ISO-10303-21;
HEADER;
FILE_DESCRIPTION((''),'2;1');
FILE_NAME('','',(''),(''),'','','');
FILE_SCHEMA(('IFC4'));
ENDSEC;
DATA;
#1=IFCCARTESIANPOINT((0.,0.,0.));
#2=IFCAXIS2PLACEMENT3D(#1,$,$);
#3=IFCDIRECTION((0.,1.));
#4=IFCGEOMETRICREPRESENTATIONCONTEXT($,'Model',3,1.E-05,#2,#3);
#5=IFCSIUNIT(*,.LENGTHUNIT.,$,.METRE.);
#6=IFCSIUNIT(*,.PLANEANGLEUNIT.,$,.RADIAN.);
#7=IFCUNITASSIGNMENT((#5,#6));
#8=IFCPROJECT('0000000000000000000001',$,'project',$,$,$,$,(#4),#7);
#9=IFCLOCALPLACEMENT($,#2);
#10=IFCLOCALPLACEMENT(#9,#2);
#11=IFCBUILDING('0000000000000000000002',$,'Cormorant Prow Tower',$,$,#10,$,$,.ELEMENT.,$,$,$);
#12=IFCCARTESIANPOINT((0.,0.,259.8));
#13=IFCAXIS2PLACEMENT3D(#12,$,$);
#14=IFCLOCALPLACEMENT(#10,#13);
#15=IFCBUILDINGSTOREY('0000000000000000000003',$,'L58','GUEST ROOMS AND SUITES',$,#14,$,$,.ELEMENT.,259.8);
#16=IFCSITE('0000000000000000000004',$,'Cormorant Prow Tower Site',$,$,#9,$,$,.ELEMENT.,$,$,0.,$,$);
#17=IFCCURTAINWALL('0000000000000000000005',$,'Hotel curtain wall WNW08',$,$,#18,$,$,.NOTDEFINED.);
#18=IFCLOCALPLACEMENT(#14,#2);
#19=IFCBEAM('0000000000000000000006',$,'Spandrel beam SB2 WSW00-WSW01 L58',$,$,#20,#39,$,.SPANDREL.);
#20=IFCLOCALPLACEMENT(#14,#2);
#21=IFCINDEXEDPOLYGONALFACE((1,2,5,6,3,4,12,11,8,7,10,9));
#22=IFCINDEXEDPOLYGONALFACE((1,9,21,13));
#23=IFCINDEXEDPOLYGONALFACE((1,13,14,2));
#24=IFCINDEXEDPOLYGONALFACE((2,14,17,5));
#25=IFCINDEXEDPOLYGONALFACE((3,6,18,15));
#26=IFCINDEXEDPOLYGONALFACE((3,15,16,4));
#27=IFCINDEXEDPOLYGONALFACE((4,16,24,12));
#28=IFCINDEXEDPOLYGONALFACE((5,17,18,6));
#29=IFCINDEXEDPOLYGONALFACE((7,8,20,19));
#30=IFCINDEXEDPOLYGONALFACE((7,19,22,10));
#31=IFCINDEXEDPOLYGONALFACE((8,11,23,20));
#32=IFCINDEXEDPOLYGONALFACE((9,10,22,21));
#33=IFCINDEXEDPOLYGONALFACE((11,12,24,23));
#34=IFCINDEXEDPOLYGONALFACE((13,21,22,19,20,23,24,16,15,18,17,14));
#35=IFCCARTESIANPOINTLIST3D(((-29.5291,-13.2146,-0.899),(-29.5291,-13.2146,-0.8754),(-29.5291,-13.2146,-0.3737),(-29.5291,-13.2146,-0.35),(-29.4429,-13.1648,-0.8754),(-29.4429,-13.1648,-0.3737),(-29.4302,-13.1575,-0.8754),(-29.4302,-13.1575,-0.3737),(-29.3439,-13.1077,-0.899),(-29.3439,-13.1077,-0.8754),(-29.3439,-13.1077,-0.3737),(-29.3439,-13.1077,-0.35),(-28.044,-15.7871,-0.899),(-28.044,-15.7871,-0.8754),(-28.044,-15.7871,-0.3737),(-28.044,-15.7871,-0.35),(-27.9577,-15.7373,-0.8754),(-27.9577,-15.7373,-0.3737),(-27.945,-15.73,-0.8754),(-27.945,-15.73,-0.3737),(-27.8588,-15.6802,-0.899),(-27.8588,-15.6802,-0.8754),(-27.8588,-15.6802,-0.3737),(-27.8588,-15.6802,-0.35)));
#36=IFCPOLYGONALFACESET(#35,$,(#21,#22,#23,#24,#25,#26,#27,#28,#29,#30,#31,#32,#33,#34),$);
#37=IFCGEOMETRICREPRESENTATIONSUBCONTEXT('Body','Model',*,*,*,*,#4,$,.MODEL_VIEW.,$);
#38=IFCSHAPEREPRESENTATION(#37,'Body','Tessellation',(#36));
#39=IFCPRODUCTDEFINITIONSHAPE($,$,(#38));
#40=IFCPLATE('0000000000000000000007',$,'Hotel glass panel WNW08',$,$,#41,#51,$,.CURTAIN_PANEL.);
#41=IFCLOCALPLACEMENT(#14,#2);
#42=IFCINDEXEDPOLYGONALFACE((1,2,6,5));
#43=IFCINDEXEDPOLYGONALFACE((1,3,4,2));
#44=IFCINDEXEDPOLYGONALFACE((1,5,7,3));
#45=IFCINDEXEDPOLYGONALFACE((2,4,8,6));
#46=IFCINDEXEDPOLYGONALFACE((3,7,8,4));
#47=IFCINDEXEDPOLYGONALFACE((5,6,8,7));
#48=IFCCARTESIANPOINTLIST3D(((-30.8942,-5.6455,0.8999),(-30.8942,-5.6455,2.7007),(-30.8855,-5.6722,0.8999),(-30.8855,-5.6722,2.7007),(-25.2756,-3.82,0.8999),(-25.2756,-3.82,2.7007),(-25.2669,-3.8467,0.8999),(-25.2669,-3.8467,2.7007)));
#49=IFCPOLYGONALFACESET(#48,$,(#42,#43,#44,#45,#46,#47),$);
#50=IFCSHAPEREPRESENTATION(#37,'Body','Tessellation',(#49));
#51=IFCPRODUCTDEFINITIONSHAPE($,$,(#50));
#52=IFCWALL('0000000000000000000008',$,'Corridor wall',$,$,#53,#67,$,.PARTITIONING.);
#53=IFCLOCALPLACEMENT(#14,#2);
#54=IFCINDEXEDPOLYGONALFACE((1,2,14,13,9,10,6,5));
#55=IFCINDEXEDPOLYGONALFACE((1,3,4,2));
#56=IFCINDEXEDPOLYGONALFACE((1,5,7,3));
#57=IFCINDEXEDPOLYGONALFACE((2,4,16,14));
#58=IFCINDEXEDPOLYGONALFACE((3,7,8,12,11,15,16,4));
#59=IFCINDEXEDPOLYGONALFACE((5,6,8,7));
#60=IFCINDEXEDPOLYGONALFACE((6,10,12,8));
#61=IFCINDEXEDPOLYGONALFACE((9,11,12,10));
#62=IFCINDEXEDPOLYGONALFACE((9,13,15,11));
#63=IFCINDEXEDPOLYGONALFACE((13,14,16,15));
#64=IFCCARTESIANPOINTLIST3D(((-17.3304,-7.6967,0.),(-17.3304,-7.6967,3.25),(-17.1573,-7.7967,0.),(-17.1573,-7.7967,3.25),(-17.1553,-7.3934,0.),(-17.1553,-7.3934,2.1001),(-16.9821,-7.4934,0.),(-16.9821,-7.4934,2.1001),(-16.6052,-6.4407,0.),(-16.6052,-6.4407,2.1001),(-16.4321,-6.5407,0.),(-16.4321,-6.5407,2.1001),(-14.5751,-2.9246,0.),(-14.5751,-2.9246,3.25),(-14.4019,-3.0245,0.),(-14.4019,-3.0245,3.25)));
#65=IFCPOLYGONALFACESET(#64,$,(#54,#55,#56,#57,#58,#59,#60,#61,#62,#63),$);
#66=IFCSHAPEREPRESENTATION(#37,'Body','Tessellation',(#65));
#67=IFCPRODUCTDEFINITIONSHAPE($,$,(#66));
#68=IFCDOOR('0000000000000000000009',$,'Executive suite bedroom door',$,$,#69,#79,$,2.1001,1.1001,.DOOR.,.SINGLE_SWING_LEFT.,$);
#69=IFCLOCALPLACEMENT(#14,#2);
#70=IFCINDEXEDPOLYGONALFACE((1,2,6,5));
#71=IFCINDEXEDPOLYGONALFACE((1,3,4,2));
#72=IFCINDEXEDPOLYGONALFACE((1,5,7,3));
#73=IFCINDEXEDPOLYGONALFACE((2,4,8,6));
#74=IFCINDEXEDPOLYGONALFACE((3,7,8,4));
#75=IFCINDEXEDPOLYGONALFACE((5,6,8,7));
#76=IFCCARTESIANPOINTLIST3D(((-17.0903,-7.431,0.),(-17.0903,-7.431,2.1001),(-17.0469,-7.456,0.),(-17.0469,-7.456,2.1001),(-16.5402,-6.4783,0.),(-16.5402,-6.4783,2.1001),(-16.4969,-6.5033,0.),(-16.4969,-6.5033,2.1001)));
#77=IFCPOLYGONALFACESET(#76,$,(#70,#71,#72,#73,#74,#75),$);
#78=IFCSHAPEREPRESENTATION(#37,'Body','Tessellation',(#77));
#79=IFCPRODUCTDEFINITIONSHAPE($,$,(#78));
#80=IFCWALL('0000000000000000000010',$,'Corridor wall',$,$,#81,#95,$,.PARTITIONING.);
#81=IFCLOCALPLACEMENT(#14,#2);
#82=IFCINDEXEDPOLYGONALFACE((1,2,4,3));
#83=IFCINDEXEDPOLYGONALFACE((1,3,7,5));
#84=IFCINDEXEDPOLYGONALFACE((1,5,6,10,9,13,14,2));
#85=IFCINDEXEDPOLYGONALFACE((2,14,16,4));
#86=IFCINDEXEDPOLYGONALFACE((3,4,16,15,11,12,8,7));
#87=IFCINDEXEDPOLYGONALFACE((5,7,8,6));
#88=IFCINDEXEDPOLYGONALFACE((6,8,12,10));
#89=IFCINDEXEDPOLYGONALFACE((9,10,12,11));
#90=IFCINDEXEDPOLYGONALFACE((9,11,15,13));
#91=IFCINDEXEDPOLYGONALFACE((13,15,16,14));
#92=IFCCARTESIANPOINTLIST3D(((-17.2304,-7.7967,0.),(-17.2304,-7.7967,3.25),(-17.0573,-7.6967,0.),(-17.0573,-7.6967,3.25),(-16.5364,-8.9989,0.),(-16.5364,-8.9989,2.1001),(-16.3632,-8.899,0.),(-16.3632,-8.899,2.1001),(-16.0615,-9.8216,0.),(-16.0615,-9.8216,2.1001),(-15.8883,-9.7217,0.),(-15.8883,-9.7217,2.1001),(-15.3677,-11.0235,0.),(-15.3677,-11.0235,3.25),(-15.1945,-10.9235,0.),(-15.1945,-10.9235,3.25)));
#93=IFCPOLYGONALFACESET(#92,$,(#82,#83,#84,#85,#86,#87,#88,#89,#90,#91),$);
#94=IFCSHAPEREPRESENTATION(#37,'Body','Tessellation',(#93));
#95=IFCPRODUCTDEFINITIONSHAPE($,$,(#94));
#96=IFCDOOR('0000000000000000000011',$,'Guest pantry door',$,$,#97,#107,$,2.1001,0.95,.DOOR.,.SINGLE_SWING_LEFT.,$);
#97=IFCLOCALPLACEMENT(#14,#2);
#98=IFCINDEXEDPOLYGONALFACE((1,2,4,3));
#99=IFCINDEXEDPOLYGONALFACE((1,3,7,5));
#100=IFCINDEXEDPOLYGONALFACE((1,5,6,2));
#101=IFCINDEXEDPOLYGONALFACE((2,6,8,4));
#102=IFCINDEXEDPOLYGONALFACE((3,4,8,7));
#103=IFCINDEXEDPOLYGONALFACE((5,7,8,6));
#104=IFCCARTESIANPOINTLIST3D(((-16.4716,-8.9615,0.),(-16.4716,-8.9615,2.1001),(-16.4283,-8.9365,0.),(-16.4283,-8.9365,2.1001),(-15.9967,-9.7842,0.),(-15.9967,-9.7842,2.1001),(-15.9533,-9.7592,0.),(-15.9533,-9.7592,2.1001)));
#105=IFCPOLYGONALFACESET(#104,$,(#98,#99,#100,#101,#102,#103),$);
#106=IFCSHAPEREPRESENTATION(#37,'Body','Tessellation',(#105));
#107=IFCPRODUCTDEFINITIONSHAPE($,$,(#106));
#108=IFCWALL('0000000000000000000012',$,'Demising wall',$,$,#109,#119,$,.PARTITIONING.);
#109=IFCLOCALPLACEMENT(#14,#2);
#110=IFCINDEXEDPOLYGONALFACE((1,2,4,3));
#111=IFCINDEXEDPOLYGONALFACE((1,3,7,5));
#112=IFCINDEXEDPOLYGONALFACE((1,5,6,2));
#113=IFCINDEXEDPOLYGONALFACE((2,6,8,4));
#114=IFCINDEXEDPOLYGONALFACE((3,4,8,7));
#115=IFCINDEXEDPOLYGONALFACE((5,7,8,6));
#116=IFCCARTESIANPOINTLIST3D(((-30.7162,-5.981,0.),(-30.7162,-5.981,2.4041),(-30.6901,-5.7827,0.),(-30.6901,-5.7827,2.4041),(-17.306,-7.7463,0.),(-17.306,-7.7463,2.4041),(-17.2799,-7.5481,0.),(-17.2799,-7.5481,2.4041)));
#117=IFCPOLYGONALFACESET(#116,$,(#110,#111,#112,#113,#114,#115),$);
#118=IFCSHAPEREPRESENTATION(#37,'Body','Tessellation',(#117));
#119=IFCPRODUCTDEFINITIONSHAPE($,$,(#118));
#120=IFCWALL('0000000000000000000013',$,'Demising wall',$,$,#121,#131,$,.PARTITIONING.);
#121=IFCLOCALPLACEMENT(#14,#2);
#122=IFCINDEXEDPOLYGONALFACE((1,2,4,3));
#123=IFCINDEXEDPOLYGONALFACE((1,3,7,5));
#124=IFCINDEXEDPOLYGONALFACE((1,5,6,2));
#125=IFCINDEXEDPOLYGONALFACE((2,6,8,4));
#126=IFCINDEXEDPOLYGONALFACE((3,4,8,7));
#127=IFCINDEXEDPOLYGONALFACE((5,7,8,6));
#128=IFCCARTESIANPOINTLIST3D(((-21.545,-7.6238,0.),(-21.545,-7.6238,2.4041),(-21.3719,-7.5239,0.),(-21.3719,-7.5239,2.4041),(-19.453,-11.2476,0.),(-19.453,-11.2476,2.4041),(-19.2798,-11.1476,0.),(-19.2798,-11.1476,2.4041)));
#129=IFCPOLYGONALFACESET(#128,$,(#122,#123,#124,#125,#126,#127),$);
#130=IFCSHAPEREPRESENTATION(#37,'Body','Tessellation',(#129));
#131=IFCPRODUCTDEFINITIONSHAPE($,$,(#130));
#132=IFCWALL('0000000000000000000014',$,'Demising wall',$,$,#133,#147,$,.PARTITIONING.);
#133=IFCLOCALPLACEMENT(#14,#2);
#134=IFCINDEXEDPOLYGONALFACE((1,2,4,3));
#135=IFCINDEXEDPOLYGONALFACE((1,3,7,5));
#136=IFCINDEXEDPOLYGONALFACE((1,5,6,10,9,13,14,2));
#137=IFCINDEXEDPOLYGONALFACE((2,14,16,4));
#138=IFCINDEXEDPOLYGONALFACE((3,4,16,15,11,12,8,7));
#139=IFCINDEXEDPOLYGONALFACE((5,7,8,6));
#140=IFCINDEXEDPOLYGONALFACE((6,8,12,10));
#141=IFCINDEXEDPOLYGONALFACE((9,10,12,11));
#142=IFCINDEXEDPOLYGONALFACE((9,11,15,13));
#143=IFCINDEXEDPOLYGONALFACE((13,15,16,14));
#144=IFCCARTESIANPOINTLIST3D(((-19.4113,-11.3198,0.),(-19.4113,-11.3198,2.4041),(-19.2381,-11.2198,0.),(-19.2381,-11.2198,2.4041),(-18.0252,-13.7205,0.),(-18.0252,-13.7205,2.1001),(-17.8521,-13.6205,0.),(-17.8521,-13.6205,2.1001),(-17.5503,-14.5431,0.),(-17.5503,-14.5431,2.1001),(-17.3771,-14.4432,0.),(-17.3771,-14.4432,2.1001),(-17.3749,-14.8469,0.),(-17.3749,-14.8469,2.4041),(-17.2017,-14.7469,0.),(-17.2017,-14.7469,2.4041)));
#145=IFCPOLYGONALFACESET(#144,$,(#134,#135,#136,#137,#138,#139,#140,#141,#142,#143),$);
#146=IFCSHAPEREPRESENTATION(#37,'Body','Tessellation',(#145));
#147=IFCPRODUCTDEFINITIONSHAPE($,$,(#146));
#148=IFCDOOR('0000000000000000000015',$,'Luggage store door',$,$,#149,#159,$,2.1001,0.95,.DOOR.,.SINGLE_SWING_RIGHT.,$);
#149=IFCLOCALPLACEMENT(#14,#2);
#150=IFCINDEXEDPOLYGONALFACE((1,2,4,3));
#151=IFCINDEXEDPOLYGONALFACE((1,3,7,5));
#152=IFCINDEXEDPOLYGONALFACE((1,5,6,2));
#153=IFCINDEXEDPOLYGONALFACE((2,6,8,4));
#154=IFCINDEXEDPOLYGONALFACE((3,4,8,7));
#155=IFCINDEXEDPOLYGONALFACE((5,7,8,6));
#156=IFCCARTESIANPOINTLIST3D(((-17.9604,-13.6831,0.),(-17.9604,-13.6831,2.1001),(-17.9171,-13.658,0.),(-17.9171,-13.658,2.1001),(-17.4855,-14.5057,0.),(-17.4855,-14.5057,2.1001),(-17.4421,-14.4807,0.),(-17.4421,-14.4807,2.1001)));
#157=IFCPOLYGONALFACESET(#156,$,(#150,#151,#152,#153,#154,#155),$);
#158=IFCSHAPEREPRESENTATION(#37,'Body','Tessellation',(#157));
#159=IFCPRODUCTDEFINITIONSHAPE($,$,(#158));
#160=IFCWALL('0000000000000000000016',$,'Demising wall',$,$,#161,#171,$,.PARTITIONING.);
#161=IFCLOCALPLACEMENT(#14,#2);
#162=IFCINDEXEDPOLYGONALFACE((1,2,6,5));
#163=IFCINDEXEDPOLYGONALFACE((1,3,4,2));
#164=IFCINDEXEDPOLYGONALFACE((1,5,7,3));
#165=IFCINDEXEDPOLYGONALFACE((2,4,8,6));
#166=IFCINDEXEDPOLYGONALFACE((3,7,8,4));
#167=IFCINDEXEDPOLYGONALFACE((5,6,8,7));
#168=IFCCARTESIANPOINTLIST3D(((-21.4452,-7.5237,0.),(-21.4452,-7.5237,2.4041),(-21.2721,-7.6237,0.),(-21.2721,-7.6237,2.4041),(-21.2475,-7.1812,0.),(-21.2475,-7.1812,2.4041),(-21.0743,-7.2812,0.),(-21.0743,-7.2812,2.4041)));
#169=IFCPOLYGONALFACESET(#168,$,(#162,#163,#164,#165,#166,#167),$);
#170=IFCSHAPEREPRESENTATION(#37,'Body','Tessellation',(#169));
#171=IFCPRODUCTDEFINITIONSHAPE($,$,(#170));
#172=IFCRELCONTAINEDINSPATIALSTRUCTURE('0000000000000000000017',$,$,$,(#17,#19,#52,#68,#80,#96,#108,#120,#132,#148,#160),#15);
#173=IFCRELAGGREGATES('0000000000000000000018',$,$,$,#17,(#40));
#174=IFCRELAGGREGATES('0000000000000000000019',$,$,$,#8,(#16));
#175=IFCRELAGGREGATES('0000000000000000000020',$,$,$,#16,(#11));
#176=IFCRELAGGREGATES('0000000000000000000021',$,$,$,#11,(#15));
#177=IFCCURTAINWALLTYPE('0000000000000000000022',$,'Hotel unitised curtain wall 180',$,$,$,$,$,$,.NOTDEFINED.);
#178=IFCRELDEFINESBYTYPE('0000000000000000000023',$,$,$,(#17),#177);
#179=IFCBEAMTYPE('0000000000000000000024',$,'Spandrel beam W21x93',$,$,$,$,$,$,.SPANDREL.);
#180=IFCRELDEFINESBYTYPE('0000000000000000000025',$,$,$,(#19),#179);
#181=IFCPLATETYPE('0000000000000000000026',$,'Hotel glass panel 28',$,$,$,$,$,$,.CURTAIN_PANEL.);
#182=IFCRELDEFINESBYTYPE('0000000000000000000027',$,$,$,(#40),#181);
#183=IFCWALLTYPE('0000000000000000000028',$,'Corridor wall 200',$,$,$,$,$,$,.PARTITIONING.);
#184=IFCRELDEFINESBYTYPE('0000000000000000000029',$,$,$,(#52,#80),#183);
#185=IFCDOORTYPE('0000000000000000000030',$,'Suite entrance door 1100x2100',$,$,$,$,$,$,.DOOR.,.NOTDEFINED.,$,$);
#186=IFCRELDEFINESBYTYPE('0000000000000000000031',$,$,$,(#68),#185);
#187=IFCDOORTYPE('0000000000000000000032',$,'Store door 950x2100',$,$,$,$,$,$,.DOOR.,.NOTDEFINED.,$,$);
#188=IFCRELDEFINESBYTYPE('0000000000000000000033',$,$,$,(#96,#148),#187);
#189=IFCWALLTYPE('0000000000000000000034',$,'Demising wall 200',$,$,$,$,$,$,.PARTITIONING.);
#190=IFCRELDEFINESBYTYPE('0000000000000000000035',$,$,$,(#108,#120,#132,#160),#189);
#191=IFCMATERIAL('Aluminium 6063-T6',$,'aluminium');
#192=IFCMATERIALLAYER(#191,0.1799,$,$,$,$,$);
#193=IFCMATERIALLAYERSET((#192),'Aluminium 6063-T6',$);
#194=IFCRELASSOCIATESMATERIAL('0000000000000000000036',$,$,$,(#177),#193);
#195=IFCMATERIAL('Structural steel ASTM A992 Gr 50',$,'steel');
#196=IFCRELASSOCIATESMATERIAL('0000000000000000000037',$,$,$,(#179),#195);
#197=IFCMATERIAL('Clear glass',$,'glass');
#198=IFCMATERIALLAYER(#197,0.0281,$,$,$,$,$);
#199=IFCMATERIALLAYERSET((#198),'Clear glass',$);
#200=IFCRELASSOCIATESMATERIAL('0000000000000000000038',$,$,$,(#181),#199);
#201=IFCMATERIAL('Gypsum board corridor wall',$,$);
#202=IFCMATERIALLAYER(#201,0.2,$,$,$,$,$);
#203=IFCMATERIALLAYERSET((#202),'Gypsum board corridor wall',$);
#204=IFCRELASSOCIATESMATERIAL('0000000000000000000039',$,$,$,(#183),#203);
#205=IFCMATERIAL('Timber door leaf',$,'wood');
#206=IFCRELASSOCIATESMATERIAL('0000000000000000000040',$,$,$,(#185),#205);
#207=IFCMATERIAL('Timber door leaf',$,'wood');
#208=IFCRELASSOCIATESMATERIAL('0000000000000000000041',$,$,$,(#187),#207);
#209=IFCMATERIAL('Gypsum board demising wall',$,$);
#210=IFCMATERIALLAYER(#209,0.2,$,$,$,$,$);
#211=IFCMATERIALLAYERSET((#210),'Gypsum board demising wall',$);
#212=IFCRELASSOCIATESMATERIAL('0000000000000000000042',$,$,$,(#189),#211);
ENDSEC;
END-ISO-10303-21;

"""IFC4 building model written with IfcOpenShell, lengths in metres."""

from ifc_helpers import new_model, si_unit, direction, frame, frame_2d, origin, origin_2d, place, context, subcontext, project, spatial, rectangle, i_section, extrude, material, layer, layer_set, material_profile, profile_set, type_object, element, fill, aggregate, save


model = new_model("IFC4")

# Units and contexts
model_context = context("Model", 3, precision=1e-05, world=origin(), true_north=direction((0.0, 1.0)))
body_context = subcontext(model_context, "Body", "Model", "MODEL_VIEW")
ifc_project = project(units=[si_unit("LENGTHUNIT", "METRE"), si_unit("PLANEANGLEUNIT", "RADIAN")], contexts=[model_context])

# Site, building, storey
site_placement = place(None, origin())
site = spatial("IfcSite", under=ifc_project, at=site_placement, Name="Cormorant Prow Tower Site", CompositionType="ELEMENT", RefElevation=0.0)
building_placement = place(site_placement, origin())
building = spatial("IfcBuilding", under=site, at=building_placement, Name="Cormorant Prow Tower", CompositionType="ELEMENT")
storey_placement = place(building_placement, frame((0.0, 0.0, 259.8)))
storey = spatial("IfcBuildingStorey", under=building, at=storey_placement, Name="L58", Description="GUEST ROOMS AND SUITES", CompositionType="ELEMENT", Elevation=259.8)

# Curtain wall
ifc_material_1 = material(Name="Aluminium 6063-T6", Category="aluminium")
ifc_layer_1 = layer(ifc_material_1, 0.1799)
ifc_layer_set_1 = layer_set([ifc_layer_1], Name="Aluminium 6063-T6")
curtain_wall_type = type_object("IfcCurtainWallType", Name="Hotel unitised curtain wall 180", PredefinedType="NOTDEFINED", material=ifc_layer_set_1)
curtain_wall_placement = place(storey_placement, origin())
curtain_wall = element("IfcCurtainWall", 1, at=curtain_wall_placement, inside=storey, type_object=curtain_wall_type, Name="Hotel curtain wall WNW08", PredefinedType="NOTDEFINED")

# Beam
ifc_material_2 = material(Name="Structural steel ASTM A992 Gr 50", Category="steel")
ifc_material_profile_1 = material_profile(ifc_material_2, i_section(OverallWidth=0.2139, OverallDepth=0.5491, WebThickness=0.0146, FlangeThickness=0.0237, at=origin_2d()), Name="W21x93")
ifc_profile_set_1 = profile_set([ifc_material_profile_1], Name="Structural steel ASTM A992 Gr 50")
beam_type_1 = type_object("IfcBeamType", Name="Spandrel beam W21x93", PredefinedType="SPANDREL", material=ifc_profile_set_1)
beam_1_placement = place(storey_placement, frame((-29.4365, -13.1611, -0.6245), z_axis=(0.499967, -0.866045, 0.0), x_axis=(0.866045, 0.499967, 0.0)))
element("IfcBeam", 2, at=beam_1_placement, inside=storey, type_object=beam_type_1, Name="Spandrel beam SB2 WSW00-WSW01 L58", PredefinedType="SPANDREL", context=body_context, shape_type="SweptSolid", body=[
    extrude(i_section(OverallWidth=0.2139, OverallDepth=0.5491, WebThickness=0.0146, FlangeThickness=0.0237, at=origin_2d()), origin(), (0.0, 0.0, 1.0), 2.9705),
])

# Plate
ifc_material_3 = material(Name="Clear glass", Category="glass")
ifc_layer_2 = layer(ifc_material_3, 0.0281)
ifc_layer_set_2 = layer_set([ifc_layer_2], Name="Clear glass")
plate_type = type_object("IfcPlateType", Name="Hotel glass panel 28", PredefinedType="CURTAIN_PANEL", material=ifc_layer_set_2)
plate_placement = place(storey_placement, frame((-28.0806, -4.7461, 0.8999), z_axis=(0.0, 0.0, 1.0), x_axis=(-0.951057, -0.309017, 0.0)))
plate = element("IfcPlate", 3, at=plate_placement, type_object=plate_type, Name="Hotel glass panel WNW08", PredefinedType="CURTAIN_PANEL", context=body_context, shape_type="SweptSolid", body=[
    extrude(rectangle(XDim=5.9077, YDim=0.0281, at=origin_2d()), origin(), (0.0, 0.0, 1.0), 1.8008),
])
aggregate(curtain_wall, [plate])

# Walls, openings, doors
ifc_material_4 = material(Name="Gypsum board corridor wall")
ifc_layer_3 = layer(ifc_material_4, 0.2)
ifc_layer_set_3 = layer_set([ifc_layer_3], Name="Gypsum board corridor wall")
wall_type_1 = type_object("IfcWallType", Name="Corridor wall 200", PredefinedType="PARTITIONING", material=ifc_layer_set_3)
wall_1_placement = place(storey_placement, frame((-17.2439, -7.7468, 0.0), z_axis=(0.0, 0.0, 1.0), x_axis=(0.500018, 0.866015, 0.0)))
wall_1 = element("IfcWall", 4, at=wall_1_placement, inside=storey, type_object=wall_type_1, Name="Corridor wall", PredefinedType="PARTITIONING", context=body_context, shape_type="SweptSolid", body=[
    extrude(rectangle(XDim=5.5105, YDim=0.2, at=frame_2d((2.7554, 0.0))), origin(), (0.0, 0.0, 1.0), 3.25),
])
opening_1_placement = place(wall_1_placement, frame((0.3503, 0.0, 0.0)))
opening_1 = element("IfcOpeningElement", 5, at=opening_1_placement, cuts=wall_1, PredefinedType="OPENING", context=body_context, shape_type="SweptSolid", body=[
    extrude(rectangle(XDim=1.1001, YDim=2.1001, at=frame_2d((0.55, 1.05))), frame((0.0, 0.1099, 0.0), z_axis=(0.0, -1.0, 0.0), x_axis=(1.0, 0.0, 0.0)), (0.0, 0.0, 1.0), 0.22),
])
ifc_material_5 = material(Name="Timber door leaf", Category="wood")
door_type_1 = type_object("IfcDoorType", Name="Suite entrance door 1100x2100", OperationType="NOTDEFINED", PredefinedType="DOOR", material=ifc_material_5)
door_1_placement = place(opening_1_placement, origin())
door_1 = element("IfcDoor", 6, at=door_1_placement, inside=storey, type_object=door_type_1, Name="Executive suite bedroom door", OperationType="SINGLE_SWING_LEFT", OverallHeight=2.1001, OverallWidth=1.1001, PredefinedType="DOOR", context=body_context, shape_type="SweptSolid", body=[
    extrude(rectangle(XDim=1.1001, YDim=2.1001, at=frame_2d((0.55, 1.05))), frame((0.0, 0.0249, 0.0), z_axis=(0.0, -1.0, 0.0), x_axis=(1.0, 0.0, 0.0)), (0.0, 0.0, 1.0), 0.05),
])
fill(opening_1, door_1)
wall_2_placement = place(storey_placement, frame((-17.1438, -7.7468, 0.0), z_axis=(0.0, 0.0, 1.0), x_axis=(0.499959, -0.866049, 0.0)))
wall_2 = element("IfcWall", 7, at=wall_2_placement, inside=storey, type_object=wall_type_1, Name="Corridor wall", PredefinedType="PARTITIONING", context=body_context, shape_type="SweptSolid", body=[
    extrude(rectangle(XDim=3.7258, YDim=0.2, at=frame_2d((1.8628, 0.0))), origin(), (0.0, 0.0, 1.0), 3.25),
])
opening_2_placement = place(wall_2_placement, frame((1.3879, 0.0, 0.0)))
opening_2 = element("IfcOpeningElement", 8, at=opening_2_placement, cuts=wall_2, PredefinedType="OPENING", context=body_context, shape_type="SweptSolid", body=[
    extrude(rectangle(XDim=0.95, YDim=2.1001, at=frame_2d((0.4751, 1.05))), frame((0.0, 0.1099, 0.0), z_axis=(0.0, -1.0, 0.0), x_axis=(1.0, 0.0, 0.0)), (0.0, 0.0, 1.0), 0.22),
])
ifc_material_6 = material(Name="Timber door leaf", Category="wood")
door_type_2 = type_object("IfcDoorType", Name="Store door 950x2100", OperationType="NOTDEFINED", PredefinedType="DOOR", material=ifc_material_6)
door_2_placement = place(opening_2_placement, origin())
door_2 = element("IfcDoor", 9, at=door_2_placement, inside=storey, type_object=door_type_2, Name="Guest pantry door", OperationType="SINGLE_SWING_LEFT", OverallHeight=2.1001, OverallWidth=0.95, PredefinedType="DOOR", context=body_context, shape_type="SweptSolid", body=[
    extrude(rectangle(XDim=0.95, YDim=2.1001, at=frame_2d((0.4751, 1.05))), frame((0.0, 0.0249, 0.0), z_axis=(0.0, -1.0, 0.0), x_axis=(1.0, 0.0, 0.0)), (0.0, 0.0, 1.0), 0.05),
])
fill(opening_2, door_2)

# Walls
ifc_material_7 = material(Name="Gypsum board demising wall")
ifc_layer_4 = layer(ifc_material_7, 0.2)
ifc_layer_set_4 = layer_set([ifc_layer_4], Name="Gypsum board demising wall")
wall_type_2 = type_object("IfcWallType", Name="Demising wall 200", PredefinedType="PARTITIONING", material=ifc_layer_set_4)
wall_3_placement = place(storey_placement, frame((-30.7031, -5.8818, 0.0), z_axis=(0.0, 0.0, 1.0), x_axis=(0.991446, -0.130519, 0.0)))
element("IfcWall", 10, at=wall_3_placement, inside=storey, type_object=wall_type_2, Name="Demising wall", PredefinedType="PARTITIONING", context=body_context, shape_type="SweptSolid", body=[
    extrude(rectangle(XDim=13.5259, YDim=0.2, at=frame_2d((6.7629, 0.0))), origin(), (0.0, 0.0, 1.0), 2.4041),
])
wall_4_placement = place(storey_placement, frame((-21.4585, -7.5737, 0.0), z_axis=(0.0, 0.0, 1.0), x_axis=(0.499973, -0.866041, 0.0)))
element("IfcWall", 11, at=wall_4_placement, inside=storey, type_object=wall_type_2, Name="Demising wall", PredefinedType="PARTITIONING", context=body_context, shape_type="SweptSolid", body=[
    extrude(rectangle(XDim=4.1843, YDim=0.2, at=frame_2d((2.0923, 0.0))), origin(), (0.0, 0.0, 1.0), 2.4041),
])

# Wall, opening, door
wall_5_placement = place(storey_placement, frame((-19.3247, -11.2698, 0.0), z_axis=(0.0, 0.0, 1.0), x_axis=(0.500001, -0.866025, 0.0)))
wall_5 = element("IfcWall", 12, at=wall_5_placement, inside=storey, type_object=wall_type_2, Name="Demising wall", PredefinedType="PARTITIONING", context=body_context, shape_type="SweptSolid", body=[
    extrude(rectangle(XDim=4.0728, YDim=0.2, at=frame_2d((2.0364, 0.0))), origin(), (0.0, 0.0, 1.0), 2.4041),
])
opening_3_placement = place(wall_5_placement, frame((2.772, 0.0, 0.0)))
opening_3 = element("IfcOpeningElement", 13, at=opening_3_placement, cuts=wall_5, PredefinedType="OPENING", context=body_context, shape_type="SweptSolid", body=[
    extrude(rectangle(XDim=0.95, YDim=2.1001, at=frame_2d((0.4751, 1.05))), frame((0.0, 0.1099, 0.0), z_axis=(0.0, -1.0, 0.0), x_axis=(1.0, 0.0, 0.0)), (0.0, 0.0, 1.0), 0.22),
])
door_3_placement = place(opening_3_placement, origin())
door_3 = element("IfcDoor", 14, at=door_3_placement, inside=storey, type_object=door_type_2, Name="Luggage store door", OperationType="SINGLE_SWING_RIGHT", OverallHeight=2.1001, OverallWidth=0.95, PredefinedType="DOOR", context=body_context, shape_type="SweptSolid", body=[
    extrude(rectangle(XDim=0.95, YDim=2.1001, at=frame_2d((0.4751, 1.05))), frame((0.0, 0.0249, 0.0), z_axis=(0.0, -1.0, 0.0), x_axis=(1.0, 0.0, 0.0)), (0.0, 0.0, 1.0), 0.05),
])
fill(opening_3, door_3)

# Wall
wall_6_placement = place(storey_placement, frame((-21.3586, -7.5737, 0.0), z_axis=(0.0, 0.0, 1.0), x_axis=(0.49999, 0.866031, 0.0)))
element("IfcWall", 15, at=wall_6_placement, inside=storey, type_object=wall_type_2, Name="Demising wall", PredefinedType="PARTITIONING", context=body_context, shape_type="SweptSolid", body=[
    extrude(rectangle(XDim=0.3955, YDim=0.2, at=frame_2d((0.1978, 0.0))), origin(), (0.0, 0.0, 1.0), 2.4041),
])

save(model, "model.ifc")
